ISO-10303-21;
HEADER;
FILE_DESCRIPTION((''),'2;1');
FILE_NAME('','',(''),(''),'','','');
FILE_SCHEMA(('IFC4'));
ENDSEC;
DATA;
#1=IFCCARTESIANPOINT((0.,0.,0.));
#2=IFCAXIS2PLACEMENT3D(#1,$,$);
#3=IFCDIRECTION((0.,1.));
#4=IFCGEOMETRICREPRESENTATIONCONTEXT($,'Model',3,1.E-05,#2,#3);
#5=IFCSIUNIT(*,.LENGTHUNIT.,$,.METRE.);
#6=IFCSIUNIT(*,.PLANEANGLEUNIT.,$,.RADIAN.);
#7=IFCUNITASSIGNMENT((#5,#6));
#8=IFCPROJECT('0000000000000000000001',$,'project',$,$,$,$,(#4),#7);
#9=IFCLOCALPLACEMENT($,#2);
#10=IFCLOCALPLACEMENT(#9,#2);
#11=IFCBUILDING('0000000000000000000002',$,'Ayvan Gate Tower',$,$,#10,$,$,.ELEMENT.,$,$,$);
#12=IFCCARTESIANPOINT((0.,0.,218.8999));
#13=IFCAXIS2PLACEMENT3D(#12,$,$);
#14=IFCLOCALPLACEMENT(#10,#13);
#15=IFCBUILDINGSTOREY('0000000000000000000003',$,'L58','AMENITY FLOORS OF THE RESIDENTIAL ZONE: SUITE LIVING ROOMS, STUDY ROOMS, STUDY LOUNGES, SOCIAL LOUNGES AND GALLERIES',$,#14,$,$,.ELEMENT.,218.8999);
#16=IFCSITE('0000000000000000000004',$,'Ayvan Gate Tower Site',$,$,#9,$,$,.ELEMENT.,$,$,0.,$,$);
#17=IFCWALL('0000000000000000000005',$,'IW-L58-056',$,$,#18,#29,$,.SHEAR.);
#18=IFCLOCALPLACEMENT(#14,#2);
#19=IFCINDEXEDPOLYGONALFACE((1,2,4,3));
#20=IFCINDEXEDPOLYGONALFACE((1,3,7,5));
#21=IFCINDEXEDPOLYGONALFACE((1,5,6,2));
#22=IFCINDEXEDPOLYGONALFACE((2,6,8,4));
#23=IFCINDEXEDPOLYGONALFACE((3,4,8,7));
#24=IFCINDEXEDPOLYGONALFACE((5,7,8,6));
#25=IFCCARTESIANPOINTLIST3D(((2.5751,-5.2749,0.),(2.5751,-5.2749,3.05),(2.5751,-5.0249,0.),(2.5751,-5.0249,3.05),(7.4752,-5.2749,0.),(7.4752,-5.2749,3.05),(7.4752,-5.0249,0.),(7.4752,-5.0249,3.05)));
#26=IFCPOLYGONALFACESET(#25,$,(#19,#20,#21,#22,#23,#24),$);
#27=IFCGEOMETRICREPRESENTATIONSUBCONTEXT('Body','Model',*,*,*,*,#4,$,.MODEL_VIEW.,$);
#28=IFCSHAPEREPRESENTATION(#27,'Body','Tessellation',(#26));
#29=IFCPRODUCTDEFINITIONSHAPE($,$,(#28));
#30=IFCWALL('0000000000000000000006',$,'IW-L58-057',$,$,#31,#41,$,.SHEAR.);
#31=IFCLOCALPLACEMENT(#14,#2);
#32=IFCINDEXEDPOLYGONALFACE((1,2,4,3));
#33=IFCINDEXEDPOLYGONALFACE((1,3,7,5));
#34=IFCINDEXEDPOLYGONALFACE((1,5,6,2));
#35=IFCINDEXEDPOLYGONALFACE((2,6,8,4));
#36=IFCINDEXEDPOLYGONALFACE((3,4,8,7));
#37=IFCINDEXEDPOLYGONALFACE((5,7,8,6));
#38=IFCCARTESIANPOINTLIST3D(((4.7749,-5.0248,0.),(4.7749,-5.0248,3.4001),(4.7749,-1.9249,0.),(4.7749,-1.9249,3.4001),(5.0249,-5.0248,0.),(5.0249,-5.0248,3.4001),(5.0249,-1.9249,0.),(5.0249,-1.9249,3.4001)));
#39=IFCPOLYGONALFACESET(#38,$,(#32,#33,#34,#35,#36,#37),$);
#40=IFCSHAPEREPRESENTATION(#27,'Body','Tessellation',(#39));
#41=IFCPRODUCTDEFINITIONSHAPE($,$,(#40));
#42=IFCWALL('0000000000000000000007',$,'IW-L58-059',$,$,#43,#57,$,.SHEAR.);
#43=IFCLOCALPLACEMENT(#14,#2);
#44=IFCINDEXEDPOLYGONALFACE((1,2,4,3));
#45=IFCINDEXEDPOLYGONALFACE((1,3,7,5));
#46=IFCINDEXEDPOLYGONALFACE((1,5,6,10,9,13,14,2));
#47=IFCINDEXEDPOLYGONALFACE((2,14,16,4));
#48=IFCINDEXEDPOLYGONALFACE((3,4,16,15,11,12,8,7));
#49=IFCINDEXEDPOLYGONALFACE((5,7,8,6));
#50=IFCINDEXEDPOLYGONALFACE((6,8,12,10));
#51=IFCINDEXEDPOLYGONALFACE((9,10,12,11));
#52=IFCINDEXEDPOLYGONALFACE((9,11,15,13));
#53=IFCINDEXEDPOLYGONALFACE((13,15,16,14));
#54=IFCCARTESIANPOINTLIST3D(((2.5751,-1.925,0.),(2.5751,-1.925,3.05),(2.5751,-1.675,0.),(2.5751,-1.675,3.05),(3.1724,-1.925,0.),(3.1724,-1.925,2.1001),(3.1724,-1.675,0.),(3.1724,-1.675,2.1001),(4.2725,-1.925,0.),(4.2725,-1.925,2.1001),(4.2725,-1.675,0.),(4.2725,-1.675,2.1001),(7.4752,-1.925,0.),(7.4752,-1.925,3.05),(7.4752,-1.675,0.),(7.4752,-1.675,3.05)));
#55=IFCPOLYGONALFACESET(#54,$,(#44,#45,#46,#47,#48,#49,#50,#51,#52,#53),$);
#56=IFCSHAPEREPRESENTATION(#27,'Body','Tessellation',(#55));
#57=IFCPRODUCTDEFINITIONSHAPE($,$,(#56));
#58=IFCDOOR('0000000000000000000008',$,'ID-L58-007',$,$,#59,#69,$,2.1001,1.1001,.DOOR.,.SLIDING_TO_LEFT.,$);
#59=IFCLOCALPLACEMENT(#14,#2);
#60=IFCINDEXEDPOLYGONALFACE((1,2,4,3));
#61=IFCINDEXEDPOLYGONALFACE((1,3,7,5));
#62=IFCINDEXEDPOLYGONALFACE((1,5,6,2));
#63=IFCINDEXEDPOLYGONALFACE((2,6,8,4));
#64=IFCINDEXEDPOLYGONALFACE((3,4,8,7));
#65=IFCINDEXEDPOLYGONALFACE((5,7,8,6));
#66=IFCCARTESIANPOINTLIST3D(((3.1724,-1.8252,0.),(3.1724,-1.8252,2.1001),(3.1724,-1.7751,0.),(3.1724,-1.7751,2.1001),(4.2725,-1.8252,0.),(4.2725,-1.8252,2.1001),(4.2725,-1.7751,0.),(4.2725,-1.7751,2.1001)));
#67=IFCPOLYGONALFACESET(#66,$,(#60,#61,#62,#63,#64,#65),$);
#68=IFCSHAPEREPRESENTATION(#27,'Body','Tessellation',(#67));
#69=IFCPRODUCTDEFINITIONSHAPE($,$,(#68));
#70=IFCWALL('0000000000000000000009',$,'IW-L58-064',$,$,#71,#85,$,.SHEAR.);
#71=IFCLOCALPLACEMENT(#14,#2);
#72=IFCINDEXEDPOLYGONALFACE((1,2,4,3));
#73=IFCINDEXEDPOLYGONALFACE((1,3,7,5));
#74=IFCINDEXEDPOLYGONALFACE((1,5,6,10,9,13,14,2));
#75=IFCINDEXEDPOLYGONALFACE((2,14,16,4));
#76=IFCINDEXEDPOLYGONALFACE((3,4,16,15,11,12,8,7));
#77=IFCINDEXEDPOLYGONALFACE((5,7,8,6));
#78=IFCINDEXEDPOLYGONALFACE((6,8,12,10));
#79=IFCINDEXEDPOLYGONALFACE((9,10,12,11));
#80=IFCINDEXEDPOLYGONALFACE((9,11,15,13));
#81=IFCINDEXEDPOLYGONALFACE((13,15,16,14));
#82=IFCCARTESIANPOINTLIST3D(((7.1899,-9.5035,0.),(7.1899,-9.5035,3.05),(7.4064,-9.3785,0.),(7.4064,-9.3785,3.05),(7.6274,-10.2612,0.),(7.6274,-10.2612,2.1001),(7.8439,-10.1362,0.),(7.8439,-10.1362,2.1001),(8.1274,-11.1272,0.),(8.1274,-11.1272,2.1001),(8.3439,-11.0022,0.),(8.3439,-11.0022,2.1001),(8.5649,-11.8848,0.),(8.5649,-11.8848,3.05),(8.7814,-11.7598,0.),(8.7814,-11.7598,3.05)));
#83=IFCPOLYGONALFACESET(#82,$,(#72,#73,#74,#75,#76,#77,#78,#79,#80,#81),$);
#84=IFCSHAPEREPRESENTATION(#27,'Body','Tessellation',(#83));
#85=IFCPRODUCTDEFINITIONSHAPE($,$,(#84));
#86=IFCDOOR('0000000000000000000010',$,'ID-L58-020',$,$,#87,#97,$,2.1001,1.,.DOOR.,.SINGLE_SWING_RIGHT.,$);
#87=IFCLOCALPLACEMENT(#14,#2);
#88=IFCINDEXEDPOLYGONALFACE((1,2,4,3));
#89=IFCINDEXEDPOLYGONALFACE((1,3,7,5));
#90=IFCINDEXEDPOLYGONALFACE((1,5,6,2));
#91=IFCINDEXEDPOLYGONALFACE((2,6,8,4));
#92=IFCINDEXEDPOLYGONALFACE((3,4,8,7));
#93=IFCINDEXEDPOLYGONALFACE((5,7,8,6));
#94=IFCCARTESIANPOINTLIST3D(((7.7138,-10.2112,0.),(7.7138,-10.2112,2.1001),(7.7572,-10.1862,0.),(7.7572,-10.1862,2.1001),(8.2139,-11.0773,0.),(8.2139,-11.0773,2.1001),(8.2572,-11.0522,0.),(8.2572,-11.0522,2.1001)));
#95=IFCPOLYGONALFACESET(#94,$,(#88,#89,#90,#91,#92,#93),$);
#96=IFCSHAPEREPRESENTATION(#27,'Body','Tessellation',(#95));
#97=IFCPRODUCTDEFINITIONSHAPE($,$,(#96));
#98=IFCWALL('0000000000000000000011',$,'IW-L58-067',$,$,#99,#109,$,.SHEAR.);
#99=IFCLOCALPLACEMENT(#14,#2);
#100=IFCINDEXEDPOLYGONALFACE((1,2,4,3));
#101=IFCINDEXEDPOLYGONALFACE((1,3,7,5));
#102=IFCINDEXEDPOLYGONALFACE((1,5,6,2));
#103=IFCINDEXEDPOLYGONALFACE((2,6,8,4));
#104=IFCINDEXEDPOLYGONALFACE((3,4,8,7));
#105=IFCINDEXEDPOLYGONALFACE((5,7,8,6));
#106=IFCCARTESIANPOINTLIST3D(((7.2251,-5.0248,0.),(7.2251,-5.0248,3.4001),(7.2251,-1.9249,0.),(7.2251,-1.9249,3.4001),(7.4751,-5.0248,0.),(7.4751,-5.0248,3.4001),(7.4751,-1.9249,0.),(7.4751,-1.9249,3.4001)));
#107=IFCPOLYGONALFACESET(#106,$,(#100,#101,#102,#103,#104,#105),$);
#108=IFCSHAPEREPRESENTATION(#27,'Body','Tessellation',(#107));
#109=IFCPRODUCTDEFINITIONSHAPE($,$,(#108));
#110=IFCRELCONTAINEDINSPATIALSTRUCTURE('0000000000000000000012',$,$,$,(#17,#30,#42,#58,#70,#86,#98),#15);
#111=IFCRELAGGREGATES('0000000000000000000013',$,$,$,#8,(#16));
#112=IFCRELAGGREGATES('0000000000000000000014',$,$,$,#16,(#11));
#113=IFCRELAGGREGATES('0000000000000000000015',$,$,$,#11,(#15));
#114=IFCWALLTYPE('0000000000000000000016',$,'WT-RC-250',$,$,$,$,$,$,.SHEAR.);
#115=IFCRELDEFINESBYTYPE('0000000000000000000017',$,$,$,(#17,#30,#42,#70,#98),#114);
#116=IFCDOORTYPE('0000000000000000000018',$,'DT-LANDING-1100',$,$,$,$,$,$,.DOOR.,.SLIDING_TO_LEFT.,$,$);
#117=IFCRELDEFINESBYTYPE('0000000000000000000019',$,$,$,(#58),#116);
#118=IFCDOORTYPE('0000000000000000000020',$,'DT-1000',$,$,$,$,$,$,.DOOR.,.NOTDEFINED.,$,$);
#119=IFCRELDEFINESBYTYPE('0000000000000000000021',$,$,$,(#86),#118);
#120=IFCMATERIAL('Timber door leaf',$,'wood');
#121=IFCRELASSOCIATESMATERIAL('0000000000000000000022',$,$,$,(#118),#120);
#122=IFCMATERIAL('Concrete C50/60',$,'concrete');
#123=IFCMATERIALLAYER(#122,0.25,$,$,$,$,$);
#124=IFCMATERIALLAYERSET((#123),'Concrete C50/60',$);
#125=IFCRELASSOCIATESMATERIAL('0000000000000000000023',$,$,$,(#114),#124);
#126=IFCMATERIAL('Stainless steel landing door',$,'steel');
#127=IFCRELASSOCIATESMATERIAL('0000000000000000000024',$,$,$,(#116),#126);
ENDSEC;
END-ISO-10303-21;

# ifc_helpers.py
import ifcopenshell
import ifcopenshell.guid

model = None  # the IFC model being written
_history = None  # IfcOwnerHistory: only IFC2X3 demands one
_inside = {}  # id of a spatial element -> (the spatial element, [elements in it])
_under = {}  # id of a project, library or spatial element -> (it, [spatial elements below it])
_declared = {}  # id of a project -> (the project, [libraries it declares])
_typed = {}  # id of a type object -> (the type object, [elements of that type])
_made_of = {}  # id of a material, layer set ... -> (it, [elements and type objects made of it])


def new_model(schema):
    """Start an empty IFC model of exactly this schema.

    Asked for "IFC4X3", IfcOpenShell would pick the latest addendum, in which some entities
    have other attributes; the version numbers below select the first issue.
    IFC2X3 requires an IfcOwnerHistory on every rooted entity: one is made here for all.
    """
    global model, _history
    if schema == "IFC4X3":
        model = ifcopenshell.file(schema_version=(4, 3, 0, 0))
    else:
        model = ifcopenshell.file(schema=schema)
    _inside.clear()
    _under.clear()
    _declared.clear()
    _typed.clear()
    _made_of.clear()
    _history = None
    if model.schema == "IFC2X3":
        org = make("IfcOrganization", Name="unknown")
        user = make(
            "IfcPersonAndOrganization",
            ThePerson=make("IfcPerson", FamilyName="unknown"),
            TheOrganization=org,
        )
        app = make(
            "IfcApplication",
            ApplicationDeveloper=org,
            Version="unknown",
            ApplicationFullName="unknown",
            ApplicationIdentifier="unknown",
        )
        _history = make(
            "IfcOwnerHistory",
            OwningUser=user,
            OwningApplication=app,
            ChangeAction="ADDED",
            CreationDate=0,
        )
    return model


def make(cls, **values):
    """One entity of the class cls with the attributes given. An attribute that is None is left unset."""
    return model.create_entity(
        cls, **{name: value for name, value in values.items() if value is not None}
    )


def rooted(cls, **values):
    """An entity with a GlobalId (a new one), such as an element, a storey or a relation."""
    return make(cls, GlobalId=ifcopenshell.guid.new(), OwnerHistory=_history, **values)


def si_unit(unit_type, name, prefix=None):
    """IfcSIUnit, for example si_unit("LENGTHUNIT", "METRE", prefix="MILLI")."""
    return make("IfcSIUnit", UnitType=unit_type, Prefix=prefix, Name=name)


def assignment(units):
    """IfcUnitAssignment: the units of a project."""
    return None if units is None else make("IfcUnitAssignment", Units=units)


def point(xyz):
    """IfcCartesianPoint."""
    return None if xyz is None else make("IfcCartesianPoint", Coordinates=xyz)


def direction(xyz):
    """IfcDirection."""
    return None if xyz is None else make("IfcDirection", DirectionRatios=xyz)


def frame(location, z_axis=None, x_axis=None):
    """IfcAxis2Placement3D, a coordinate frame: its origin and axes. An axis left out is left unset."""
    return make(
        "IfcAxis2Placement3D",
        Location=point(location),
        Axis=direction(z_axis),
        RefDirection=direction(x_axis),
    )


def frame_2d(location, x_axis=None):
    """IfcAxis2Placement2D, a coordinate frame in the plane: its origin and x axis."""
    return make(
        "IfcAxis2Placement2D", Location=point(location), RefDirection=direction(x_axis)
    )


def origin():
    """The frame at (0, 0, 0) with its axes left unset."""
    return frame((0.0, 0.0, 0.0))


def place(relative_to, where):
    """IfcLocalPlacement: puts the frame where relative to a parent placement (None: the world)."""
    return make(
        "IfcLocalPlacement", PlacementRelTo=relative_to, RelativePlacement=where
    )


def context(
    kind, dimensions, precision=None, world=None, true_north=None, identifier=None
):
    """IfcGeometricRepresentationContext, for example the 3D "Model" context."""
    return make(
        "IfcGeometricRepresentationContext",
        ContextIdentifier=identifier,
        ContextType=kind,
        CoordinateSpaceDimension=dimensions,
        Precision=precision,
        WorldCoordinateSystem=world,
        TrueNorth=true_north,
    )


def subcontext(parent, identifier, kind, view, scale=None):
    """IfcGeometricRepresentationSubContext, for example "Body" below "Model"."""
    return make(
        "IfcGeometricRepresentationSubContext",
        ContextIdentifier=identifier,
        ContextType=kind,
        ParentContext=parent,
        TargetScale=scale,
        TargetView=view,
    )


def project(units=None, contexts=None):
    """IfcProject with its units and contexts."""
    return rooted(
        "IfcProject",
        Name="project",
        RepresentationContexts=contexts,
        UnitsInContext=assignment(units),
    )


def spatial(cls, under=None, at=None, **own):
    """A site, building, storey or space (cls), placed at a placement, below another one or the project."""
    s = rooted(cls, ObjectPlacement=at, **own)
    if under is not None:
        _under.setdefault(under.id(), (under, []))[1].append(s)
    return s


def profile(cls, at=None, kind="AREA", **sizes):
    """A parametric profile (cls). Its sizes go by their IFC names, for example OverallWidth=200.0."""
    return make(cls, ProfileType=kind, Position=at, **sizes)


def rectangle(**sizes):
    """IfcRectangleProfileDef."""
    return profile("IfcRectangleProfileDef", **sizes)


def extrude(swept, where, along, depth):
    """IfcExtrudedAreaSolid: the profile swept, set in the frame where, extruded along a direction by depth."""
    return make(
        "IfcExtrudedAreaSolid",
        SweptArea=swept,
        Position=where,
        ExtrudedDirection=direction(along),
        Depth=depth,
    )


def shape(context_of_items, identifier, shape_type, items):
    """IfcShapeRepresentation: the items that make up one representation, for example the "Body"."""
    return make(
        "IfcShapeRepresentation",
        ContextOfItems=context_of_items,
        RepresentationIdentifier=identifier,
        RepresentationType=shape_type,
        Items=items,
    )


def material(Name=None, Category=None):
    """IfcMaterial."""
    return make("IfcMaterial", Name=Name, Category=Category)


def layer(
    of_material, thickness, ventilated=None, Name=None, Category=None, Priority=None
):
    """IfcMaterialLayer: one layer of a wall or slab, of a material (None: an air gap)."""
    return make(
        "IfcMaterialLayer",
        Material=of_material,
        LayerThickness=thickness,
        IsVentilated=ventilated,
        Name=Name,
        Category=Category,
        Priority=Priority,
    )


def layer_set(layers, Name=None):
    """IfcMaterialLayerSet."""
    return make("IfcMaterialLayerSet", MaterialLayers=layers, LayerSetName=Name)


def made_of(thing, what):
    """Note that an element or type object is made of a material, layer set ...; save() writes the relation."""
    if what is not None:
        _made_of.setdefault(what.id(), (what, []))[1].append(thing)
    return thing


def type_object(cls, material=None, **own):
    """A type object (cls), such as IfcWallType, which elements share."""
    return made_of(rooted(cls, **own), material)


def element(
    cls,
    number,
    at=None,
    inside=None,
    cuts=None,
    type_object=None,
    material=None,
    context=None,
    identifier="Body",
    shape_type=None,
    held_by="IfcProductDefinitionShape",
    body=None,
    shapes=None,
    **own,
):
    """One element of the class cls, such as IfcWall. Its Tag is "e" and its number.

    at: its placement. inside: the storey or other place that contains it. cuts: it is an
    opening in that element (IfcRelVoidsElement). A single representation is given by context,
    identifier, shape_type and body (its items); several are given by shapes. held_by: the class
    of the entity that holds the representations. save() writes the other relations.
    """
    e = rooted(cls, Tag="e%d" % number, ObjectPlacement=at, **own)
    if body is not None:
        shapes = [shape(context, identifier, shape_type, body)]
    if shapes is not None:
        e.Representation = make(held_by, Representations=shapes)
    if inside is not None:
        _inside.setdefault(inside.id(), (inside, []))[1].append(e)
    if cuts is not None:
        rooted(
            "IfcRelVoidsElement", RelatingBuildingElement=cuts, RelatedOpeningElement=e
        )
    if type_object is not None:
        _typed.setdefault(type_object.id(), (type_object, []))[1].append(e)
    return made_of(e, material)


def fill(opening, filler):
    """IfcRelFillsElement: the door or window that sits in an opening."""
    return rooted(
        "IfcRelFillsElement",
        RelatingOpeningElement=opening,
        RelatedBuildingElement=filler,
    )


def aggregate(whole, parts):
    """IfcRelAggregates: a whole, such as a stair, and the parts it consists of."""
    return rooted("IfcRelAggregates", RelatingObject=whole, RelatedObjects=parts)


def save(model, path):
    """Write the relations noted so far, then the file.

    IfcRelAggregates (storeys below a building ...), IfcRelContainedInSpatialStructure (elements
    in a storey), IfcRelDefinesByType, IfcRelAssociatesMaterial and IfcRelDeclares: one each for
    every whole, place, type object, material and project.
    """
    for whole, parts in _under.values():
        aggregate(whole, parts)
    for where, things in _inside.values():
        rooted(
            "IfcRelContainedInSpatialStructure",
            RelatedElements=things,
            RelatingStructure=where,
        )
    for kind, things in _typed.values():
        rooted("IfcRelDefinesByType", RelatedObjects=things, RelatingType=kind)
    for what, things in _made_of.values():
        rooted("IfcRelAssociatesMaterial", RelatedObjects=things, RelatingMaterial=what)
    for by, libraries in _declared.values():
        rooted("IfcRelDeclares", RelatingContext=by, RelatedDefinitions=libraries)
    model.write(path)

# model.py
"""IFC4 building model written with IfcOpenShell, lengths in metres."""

from ifc_helpers import new_model, si_unit, direction, frame, frame_2d, origin, place, context, subcontext, project, spatial, rectangle, extrude, material, layer, layer_set, type_object, element, fill, save


model = new_model("IFC4")

# Units and contexts
model_context = context("Model", 3, precision=1e-05, world=origin(), true_north=direction((0.0, 1.0)))
body_context = subcontext(model_context, "Body", "Model", "MODEL_VIEW")
ifc_project = project(units=[si_unit("LENGTHUNIT", "METRE"), si_unit("PLANEANGLEUNIT", "RADIAN")], contexts=[model_context])

# Site, building, storey
site_placement = place(None, origin())
site = spatial("IfcSite", under=ifc_project, at=site_placement, Name="Ayvan Gate Tower Site", CompositionType="ELEMENT", RefElevation=0.0)
building_placement = place(site_placement, origin())
building = spatial("IfcBuilding", under=site, at=building_placement, Name="Ayvan Gate Tower", CompositionType="ELEMENT")
storey_placement = place(building_placement, frame((0.0, 0.0, 218.8999)))
storey = spatial("IfcBuildingStorey", under=building, at=storey_placement, Name="L58", Description="AMENITY FLOORS OF THE RESIDENTIAL ZONE: SUITE LIVING ROOMS, STUDY ROOMS, STUDY LOUNGES, SOCIAL LOUNGES AND GALLERIES", CompositionType="ELEMENT", Elevation=218.8999)

# Shared definitions
ifc_material_1 = material(Name="Concrete C50/60", Category="concrete")

# Shared definitions
ifc_material_2 = material(Name="Timber door leaf", Category="wood")

# Shared definitions
door_type_1 = type_object("IfcDoorType", Name="DT-1000", OperationType="NOTDEFINED", PredefinedType="DOOR", material=ifc_material_2)

# Walls
ifc_layer_1 = layer(ifc_material_1, 0.25)
ifc_layer_set_1 = layer_set([ifc_layer_1], Name="Concrete C50/60")
wall_type_1 = type_object("IfcWallType", Name="WT-RC-250", PredefinedType="SHEAR", material=ifc_layer_set_1)
wall_1_placement = place(storey_placement, frame((2.575, -5.1499, 0.0), z_axis=(0.0, 0.0, 1.0), x_axis=(1.0, 0.0, 0.0)))
element("IfcWall", 1, at=wall_1_placement, inside=storey, type_object=wall_type_1, Name="IW-L58-056", PredefinedType="SHEAR", context=body_context, shape_type="SweptSolid", body=[
    extrude(rectangle(XDim=4.9001, YDim=0.25, at=frame_2d((2.4502, 0.0))), origin(), (0.0, 0.0, 1.0), 3.05),
])
wall_2_placement = place(storey_placement, frame((4.8999, -1.925, 0.0), z_axis=(0.0, 0.0, 1.0), x_axis=(0.0, -1.0, 0.0)))
element("IfcWall", 2, at=wall_2_placement, inside=storey, type_object=wall_type_1, Name="IW-L58-057", PredefinedType="SHEAR", context=body_context, shape_type="SweptSolid", body=[
    extrude(rectangle(XDim=3.0999, YDim=0.25, at=frame_2d((1.5498, 0.0))), origin(), (0.0, 0.0, 1.0), 3.4001),
])

# Walls, openings, doors
wall_3_placement = place(storey_placement, frame((2.575, -1.8, 0.0), z_axis=(0.0, 0.0, 1.0), x_axis=(1.0, 0.0, 0.0)))
wall_3 = element("IfcWall", 3, at=wall_3_placement, inside=storey, type_object=wall_type_1, Name="IW-L58-059", PredefinedType="SHEAR", context=body_context, shape_type="SweptSolid", body=[
    extrude(rectangle(XDim=4.9001, YDim=0.25, at=frame_2d((2.4502, 0.0))), origin(), (0.0, 0.0, 1.0), 3.05),
])
opening_1_placement = place(wall_3_placement, frame((0.5974, 0.0, 0.0)))
opening_1 = element("IfcOpeningElement", 4, at=opening_1_placement, cuts=wall_3, PredefinedType="OPENING", context=body_context, shape_type="SweptSolid", body=[
    extrude(rectangle(XDim=1.1001, YDim=2.1001, at=frame_2d((0.55, 1.05))), frame((0.0, 0.135, 0.0), z_axis=(0.0, -1.0, 0.0), x_axis=(1.0, 0.0, 0.0)), (0.0, 0.0, 1.0), 0.27),
])
ifc_material_3 = material(Name="Stainless steel landing door", Category="steel")
door_type_2 = type_object("IfcDoorType", Name="DT-LANDING-1100", OperationType="SLIDING_TO_LEFT", PredefinedType="DOOR", material=ifc_material_3)
door_1_placement = place(opening_1_placement, origin())
door_1 = element("IfcDoor", 5, at=door_1_placement, inside=storey, type_object=door_type_2, Name="ID-L58-007", OperationType="SLIDING_TO_LEFT", OverallHeight=2.1001, OverallWidth=1.1001, PredefinedType="DOOR", context=body_context, shape_type="SweptSolid", body=[
    extrude(rectangle(XDim=1.1001, YDim=2.1001, at=frame_2d((0.55, 1.05))), frame((0.0, 0.0249, 0.0), z_axis=(0.0, -1.0, 0.0), x_axis=(1.0, 0.0, 0.0)), (0.0, 0.0, 1.0), 0.05),
])
fill(opening_1, door_1)
wall_4_placement = place(storey_placement, frame((7.2981, -9.4409, 0.0), z_axis=(0.0, 0.0, 1.0), x_axis=(0.500035, -0.866005, 0.0)))
wall_4 = element("IfcWall", 6, at=wall_4_placement, inside=storey, type_object=wall_type_1, Name="IW-L58-064", PredefinedType="SHEAR", context=body_context, shape_type="SweptSolid", body=[
    extrude(rectangle(XDim=2.7498, YDim=0.25, at=frame_2d((1.375, 0.0))), origin(), (0.0, 0.0, 1.0), 3.05),
])
opening_2_placement = place(wall_4_placement, frame((0.875, 0.0, 0.0)))
opening_2 = element("IfcOpeningElement", 7, at=opening_2_placement, cuts=wall_4, PredefinedType="OPENING", context=body_context, shape_type="SweptSolid", body=[
    extrude(rectangle(XDim=1.0, YDim=2.1001, at=frame_2d((0.5, 1.05))), frame((0.0, 0.135, 0.0), z_axis=(0.0, -1.0, 0.0), x_axis=(1.0, 0.0, 0.0)), (0.0, 0.0, 1.0), 0.27),
])
door_2_placement = place(opening_2_placement, origin())
door_2 = element("IfcDoor", 8, at=door_2_placement, inside=storey, type_object=door_type_1, Name="ID-L58-020", OperationType="SINGLE_SWING_RIGHT", OverallHeight=2.1001, OverallWidth=1.0, PredefinedType="DOOR", context=body_context, shape_type="SweptSolid", body=[
    extrude(rectangle(XDim=1.0, YDim=2.1001, at=frame_2d((0.5, 1.05))), frame((0.0, 0.0249, 0.0), z_axis=(0.0, -1.0, 0.0), x_axis=(1.0, 0.0, 0.0)), (0.0, 0.0, 1.0), 0.05),
])
fill(opening_2, door_2)

# Wall
wall_5_placement = place(storey_placement, frame((7.3501, -1.925, 0.0), z_axis=(0.0, 0.0, 1.0), x_axis=(0.0, -1.0, 0.0)))
element("IfcWall", 9, at=wall_5_placement, inside=storey, type_object=wall_type_1, Name="IW-L58-067", PredefinedType="SHEAR", context=body_context, shape_type="SweptSolid", body=[
    extrude(rectangle(XDim=3.0999, YDim=0.25, at=frame_2d((1.5498, 0.0))), origin(), (0.0, 0.0, 1.0), 3.4001),
])

save(model, "model.ifc")
